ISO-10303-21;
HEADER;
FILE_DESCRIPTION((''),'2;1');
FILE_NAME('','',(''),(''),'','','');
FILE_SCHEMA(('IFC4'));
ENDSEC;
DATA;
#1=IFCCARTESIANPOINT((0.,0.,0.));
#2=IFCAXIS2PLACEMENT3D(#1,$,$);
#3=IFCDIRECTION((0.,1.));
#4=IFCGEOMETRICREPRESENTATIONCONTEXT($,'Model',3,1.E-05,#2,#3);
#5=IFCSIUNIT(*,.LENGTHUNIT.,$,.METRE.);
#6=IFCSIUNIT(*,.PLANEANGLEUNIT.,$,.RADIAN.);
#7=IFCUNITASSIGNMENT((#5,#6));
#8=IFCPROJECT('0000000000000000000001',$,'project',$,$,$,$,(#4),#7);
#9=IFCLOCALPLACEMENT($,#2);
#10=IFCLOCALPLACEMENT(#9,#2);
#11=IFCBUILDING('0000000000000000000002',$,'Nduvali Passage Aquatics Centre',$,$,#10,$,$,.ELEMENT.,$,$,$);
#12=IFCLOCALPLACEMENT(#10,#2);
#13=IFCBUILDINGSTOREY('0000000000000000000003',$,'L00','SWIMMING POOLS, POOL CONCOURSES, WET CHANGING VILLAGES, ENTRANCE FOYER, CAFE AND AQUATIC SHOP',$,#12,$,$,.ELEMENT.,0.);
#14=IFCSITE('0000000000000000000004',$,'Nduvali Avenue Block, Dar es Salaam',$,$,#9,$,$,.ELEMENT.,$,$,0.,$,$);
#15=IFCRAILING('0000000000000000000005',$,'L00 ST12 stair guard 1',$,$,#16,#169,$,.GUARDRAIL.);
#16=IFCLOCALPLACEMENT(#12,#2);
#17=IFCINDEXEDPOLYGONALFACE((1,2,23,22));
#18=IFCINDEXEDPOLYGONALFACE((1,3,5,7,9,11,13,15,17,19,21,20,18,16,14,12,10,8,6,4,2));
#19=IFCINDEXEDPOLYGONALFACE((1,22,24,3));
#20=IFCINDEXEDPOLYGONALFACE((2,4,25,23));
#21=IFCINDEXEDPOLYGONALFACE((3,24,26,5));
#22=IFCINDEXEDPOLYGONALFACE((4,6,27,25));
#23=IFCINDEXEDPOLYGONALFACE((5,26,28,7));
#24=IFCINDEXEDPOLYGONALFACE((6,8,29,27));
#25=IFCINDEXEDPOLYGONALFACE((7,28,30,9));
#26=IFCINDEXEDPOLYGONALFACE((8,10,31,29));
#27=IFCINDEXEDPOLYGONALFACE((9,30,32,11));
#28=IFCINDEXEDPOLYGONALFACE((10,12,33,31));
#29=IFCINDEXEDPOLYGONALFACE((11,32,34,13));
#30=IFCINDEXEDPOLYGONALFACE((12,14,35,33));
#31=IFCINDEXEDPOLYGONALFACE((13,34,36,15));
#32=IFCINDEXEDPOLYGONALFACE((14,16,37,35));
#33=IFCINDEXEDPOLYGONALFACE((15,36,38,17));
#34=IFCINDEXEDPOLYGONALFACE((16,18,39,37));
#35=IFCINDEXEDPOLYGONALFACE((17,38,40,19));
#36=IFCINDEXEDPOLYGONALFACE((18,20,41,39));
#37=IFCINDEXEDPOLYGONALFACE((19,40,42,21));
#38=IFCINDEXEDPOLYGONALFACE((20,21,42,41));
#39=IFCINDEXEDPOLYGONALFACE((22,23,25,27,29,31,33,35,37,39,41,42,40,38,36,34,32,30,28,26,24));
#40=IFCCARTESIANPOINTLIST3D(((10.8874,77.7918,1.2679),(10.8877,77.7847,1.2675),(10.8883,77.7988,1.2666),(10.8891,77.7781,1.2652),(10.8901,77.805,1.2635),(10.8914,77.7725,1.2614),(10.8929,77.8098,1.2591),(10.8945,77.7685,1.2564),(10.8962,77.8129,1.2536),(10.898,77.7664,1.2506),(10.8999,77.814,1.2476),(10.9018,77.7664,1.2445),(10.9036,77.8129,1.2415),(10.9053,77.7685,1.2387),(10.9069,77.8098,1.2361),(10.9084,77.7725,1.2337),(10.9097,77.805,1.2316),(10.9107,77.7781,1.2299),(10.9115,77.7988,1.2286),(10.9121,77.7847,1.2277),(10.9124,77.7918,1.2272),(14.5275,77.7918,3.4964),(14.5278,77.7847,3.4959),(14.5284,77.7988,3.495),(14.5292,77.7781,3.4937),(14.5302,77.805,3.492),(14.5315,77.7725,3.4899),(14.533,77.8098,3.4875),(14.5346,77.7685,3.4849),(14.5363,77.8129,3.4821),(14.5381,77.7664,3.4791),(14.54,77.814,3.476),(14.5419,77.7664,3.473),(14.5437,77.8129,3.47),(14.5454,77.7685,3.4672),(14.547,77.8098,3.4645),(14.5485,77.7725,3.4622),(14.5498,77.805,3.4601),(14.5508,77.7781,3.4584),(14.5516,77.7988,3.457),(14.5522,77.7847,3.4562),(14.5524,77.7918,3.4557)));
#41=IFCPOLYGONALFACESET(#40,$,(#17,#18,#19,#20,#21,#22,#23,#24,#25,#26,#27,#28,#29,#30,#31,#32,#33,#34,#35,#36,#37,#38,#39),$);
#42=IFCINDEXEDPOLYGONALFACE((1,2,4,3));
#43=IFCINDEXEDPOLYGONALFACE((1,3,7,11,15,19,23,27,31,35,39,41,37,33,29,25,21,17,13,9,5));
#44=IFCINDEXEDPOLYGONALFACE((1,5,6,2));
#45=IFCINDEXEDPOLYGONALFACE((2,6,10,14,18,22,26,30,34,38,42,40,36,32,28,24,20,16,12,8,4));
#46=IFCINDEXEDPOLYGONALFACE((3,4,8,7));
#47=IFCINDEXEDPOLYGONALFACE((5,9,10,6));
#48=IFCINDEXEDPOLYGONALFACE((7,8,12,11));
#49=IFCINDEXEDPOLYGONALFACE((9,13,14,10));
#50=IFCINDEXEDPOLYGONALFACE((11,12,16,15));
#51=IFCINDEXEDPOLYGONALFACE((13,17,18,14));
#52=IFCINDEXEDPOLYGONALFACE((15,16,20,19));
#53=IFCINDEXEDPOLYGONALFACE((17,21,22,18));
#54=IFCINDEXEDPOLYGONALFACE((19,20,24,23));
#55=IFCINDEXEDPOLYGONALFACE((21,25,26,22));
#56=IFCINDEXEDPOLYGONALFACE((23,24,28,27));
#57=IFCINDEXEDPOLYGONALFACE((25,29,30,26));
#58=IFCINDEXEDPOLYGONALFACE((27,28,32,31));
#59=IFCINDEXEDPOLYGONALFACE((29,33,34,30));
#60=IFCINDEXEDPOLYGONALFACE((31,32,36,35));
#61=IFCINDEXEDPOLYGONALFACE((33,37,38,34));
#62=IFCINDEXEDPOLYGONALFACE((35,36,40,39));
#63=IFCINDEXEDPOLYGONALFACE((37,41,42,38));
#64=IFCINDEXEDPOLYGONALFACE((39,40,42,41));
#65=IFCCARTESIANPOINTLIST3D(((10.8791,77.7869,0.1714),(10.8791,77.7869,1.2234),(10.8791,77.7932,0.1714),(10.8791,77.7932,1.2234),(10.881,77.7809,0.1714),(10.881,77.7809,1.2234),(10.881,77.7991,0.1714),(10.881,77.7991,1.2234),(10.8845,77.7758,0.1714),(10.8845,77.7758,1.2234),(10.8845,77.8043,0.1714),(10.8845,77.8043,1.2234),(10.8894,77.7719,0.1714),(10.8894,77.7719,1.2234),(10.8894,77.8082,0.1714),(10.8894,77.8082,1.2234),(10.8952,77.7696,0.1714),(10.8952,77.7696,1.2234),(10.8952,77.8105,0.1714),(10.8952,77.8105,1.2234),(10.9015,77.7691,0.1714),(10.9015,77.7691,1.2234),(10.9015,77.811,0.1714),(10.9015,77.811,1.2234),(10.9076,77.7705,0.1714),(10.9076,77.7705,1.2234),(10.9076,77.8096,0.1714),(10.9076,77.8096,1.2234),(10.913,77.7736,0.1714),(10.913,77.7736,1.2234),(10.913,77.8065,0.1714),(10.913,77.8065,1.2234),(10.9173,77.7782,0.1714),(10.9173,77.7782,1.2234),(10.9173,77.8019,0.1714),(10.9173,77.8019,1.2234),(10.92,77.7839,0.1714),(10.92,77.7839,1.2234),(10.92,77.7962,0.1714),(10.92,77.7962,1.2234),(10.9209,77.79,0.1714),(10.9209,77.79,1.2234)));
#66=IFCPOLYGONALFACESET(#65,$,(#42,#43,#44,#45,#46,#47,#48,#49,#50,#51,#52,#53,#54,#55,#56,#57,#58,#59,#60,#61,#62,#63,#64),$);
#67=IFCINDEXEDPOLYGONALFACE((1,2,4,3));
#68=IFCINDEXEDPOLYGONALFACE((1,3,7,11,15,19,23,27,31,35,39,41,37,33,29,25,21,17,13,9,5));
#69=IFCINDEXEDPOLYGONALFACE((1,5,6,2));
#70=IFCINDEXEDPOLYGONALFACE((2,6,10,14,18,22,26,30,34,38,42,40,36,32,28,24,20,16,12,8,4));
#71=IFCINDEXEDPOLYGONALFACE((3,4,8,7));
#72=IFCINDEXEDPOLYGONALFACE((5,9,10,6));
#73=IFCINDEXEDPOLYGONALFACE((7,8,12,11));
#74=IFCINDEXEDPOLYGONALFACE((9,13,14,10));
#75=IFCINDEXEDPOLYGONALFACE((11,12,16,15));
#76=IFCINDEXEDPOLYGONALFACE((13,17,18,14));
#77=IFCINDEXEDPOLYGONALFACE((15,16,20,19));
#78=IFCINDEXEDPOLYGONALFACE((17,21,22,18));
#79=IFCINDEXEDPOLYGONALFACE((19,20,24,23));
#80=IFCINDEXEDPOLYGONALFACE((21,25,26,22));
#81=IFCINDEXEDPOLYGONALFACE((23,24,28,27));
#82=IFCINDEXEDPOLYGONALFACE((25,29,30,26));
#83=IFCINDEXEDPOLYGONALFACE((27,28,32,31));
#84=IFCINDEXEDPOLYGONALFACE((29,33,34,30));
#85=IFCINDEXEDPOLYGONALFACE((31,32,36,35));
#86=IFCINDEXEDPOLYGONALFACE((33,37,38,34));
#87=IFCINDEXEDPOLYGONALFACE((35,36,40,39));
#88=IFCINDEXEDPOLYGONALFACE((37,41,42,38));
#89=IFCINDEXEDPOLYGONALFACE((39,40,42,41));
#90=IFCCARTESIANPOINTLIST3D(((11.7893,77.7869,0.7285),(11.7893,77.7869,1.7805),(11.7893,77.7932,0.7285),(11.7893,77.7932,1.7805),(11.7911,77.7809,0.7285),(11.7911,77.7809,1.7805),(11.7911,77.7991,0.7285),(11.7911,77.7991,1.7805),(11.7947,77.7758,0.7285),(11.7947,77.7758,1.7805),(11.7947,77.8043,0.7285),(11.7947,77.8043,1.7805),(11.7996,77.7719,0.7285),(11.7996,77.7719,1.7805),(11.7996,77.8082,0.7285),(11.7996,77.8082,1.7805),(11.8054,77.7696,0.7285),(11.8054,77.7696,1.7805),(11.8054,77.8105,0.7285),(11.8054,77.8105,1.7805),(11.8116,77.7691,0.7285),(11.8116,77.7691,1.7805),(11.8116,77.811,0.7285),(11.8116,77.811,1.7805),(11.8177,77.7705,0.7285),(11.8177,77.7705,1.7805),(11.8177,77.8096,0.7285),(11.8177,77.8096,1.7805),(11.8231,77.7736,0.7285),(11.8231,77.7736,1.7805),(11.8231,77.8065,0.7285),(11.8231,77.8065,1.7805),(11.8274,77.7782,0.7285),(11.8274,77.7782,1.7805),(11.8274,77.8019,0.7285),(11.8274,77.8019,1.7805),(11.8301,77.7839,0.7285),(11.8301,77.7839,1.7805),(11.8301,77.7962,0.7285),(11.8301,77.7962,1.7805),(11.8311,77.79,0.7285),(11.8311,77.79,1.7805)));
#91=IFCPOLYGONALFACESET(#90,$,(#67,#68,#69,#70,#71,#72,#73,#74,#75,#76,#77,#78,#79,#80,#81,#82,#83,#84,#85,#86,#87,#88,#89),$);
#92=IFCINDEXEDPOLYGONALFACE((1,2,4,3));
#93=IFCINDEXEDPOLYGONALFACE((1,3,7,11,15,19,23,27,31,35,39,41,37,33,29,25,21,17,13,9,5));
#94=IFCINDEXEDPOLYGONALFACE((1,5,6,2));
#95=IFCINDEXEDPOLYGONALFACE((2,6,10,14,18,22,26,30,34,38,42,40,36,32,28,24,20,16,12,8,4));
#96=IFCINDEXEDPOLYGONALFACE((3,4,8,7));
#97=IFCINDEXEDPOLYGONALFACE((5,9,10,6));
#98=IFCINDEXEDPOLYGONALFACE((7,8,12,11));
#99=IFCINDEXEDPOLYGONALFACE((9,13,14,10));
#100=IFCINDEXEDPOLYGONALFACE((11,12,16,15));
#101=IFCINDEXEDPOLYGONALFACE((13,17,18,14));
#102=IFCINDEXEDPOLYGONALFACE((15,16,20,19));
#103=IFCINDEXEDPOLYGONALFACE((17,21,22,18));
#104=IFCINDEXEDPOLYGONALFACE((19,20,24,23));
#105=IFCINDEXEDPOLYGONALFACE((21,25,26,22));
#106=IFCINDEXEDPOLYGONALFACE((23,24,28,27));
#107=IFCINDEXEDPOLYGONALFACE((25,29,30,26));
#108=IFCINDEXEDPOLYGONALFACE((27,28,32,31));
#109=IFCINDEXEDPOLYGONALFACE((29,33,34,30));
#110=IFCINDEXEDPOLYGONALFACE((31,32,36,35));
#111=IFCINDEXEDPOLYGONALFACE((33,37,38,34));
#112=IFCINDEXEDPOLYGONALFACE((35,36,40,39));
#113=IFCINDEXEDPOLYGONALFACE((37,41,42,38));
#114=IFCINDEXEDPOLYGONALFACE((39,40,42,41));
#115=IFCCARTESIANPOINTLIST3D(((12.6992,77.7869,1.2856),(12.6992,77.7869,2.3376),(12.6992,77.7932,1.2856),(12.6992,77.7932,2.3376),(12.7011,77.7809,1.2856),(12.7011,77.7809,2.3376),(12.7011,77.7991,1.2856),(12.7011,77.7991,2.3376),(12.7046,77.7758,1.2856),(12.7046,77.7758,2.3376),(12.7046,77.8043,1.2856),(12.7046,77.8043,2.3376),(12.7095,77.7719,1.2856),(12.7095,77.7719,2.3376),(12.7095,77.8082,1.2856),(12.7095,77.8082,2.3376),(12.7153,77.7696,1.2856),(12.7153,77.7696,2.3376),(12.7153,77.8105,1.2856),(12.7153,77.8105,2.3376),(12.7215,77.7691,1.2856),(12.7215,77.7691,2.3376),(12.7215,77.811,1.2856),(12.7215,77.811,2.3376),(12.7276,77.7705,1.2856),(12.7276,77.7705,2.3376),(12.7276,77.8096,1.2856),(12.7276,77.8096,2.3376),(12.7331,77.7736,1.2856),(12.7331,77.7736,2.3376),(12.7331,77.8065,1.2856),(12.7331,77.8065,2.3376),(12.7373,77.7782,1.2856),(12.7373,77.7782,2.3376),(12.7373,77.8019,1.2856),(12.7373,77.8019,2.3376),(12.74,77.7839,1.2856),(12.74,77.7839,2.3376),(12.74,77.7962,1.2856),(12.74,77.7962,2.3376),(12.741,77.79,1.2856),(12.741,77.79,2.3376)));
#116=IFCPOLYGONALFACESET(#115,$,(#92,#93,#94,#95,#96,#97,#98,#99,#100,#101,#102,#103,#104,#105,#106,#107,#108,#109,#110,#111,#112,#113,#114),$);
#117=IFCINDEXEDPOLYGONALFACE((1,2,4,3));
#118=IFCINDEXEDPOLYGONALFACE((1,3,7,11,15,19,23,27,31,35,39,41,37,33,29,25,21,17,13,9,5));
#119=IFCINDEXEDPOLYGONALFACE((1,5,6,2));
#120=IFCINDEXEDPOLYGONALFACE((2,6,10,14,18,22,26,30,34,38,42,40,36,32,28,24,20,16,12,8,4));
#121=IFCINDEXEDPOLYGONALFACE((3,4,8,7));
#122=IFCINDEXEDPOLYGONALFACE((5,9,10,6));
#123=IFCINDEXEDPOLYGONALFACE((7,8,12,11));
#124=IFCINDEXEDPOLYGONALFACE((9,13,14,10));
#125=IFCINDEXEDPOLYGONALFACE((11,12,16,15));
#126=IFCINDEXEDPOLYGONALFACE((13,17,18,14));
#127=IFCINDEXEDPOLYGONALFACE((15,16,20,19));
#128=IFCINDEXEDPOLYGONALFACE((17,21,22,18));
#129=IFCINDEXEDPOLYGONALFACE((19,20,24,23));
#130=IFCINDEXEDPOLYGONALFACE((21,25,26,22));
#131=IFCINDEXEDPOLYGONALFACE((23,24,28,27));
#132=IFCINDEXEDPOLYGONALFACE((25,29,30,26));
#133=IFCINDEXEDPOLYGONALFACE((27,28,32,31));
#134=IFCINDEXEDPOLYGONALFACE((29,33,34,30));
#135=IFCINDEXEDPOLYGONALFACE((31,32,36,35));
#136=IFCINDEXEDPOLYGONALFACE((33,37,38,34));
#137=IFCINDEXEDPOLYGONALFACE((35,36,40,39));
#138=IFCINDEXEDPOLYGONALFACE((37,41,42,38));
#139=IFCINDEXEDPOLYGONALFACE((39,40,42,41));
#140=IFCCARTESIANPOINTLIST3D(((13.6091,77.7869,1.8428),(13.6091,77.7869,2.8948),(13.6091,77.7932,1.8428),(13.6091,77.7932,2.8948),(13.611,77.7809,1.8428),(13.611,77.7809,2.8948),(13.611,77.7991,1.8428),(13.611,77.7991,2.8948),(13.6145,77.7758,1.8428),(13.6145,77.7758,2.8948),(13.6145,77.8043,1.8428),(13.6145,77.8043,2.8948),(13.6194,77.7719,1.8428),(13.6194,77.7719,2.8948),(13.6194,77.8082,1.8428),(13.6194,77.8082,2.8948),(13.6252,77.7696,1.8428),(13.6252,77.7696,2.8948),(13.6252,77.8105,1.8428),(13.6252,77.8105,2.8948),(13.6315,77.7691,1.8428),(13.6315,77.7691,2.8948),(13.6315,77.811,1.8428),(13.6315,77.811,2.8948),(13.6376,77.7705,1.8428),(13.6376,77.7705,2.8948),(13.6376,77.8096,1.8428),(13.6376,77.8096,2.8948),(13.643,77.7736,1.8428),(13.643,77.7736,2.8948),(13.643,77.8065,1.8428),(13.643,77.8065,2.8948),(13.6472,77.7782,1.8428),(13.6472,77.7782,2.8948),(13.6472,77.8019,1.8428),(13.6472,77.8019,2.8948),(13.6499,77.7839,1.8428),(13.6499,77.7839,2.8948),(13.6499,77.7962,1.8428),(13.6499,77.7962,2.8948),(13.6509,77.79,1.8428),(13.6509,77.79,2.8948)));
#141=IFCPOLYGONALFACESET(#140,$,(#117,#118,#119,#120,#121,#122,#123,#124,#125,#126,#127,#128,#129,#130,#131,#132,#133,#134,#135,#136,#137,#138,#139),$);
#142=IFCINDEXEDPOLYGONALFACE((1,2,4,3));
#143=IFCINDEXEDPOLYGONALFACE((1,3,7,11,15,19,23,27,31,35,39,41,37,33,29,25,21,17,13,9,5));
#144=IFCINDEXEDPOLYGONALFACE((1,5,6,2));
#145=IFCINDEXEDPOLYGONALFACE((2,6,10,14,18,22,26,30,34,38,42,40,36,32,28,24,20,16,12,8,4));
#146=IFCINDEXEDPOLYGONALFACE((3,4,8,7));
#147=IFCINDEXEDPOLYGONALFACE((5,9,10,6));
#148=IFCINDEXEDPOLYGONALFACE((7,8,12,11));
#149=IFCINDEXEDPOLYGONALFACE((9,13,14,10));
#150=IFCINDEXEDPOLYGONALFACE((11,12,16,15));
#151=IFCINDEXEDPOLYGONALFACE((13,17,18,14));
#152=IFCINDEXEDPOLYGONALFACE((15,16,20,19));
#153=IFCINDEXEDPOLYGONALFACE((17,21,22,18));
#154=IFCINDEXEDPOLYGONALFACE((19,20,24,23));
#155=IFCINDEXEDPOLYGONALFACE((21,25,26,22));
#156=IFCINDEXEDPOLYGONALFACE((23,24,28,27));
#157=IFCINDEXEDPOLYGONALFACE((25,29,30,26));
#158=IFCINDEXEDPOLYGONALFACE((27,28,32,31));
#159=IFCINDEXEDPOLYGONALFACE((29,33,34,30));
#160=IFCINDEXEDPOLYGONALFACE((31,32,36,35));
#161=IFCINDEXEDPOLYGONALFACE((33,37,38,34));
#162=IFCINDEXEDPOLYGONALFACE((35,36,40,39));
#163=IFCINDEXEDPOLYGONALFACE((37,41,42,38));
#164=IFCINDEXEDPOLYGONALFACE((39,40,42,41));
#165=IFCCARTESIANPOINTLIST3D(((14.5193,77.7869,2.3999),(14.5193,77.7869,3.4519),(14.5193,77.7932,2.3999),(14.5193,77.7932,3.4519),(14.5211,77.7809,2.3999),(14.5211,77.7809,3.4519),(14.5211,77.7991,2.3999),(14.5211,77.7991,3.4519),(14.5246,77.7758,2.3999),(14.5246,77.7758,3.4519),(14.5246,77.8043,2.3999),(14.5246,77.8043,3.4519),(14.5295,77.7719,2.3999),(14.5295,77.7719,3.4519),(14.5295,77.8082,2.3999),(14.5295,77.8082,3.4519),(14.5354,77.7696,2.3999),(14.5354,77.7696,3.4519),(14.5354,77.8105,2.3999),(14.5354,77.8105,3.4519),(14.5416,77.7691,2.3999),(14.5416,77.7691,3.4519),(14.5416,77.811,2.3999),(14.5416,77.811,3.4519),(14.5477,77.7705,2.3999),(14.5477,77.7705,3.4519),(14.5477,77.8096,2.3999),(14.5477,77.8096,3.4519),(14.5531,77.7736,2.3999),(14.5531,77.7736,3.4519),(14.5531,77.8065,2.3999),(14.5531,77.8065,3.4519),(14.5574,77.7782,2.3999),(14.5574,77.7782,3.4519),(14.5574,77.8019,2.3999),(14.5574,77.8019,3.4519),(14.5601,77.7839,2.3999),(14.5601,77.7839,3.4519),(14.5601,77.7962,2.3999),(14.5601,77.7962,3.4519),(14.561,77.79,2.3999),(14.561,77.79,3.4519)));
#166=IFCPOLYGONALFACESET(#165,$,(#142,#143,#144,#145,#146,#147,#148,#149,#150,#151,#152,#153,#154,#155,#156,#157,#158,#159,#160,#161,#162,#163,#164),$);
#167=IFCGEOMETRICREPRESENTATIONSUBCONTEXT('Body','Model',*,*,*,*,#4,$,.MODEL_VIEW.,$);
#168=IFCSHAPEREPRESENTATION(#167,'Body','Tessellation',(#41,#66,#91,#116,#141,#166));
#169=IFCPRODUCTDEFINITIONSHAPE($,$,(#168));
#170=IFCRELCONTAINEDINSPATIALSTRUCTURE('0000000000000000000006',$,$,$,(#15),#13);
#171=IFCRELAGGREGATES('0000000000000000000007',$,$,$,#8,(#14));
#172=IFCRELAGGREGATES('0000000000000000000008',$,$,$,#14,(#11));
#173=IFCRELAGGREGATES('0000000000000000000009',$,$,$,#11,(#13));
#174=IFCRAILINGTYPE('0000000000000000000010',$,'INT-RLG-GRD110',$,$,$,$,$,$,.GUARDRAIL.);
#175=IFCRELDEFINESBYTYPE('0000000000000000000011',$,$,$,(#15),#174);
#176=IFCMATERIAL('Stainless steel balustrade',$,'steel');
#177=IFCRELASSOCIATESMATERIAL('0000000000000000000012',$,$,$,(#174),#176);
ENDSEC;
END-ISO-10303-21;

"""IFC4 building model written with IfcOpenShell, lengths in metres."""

from ifc_helpers import new_model, si_unit, direction, frame, origin, origin_2d, place, context, subcontext, project, spatial, circle, extrude, material, type_object, element, save


model = new_model("IFC4")

# Units and contexts
model_context = context("Model", 3, precision=1e-05, world=origin(), true_north=direction((0.0, 1.0)))
body_context = subcontext(model_context, "Body", "Model", "MODEL_VIEW")
ifc_project = project(units=[si_unit("LENGTHUNIT", "METRE"), si_unit("PLANEANGLEUNIT", "RADIAN")], contexts=[model_context])

# Site, building, storey
site_placement = place(None, origin())
site = spatial("IfcSite", under=ifc_project, at=site_placement, Name="Nduvali Avenue Block, Dar es Salaam", CompositionType="ELEMENT", RefElevation=0.0)
building_placement = place(site_placement, origin())
building = spatial("IfcBuilding", under=site, at=building_placement, Name="Nduvali Passage Aquatics Centre", CompositionType="ELEMENT")
storey_placement = place(building_placement, origin())
storey = spatial("IfcBuildingStorey", under=building, at=storey_placement, Name="L00", Description="SWIMMING POOLS, POOL CONCOURSES, WET CHANGING VILLAGES, ENTRANCE FOYER, CAFE AND AQUATIC SHOP", CompositionType="ELEMENT", Elevation=0.0)

# Railing
ifc_material_1 = material(Name="Stainless steel balustrade", Category="steel")
railing_type_1 = type_object("IfcRailingType", Name="INT-RLG-GRD110", PredefinedType="GUARDRAIL", material=ifc_material_1)
railing_1_placement = place(storey_placement, frame((10.8999, 77.79, 0.1714)))
element("IfcRailing", 1, at=railing_1_placement, inside=storey, type_object=railing_type_1, Name="L00 ST12 stair guard 1", PredefinedType="GUARDRAIL", context=body_context, shape_type="SweptSolid", body=[
    extrude(circle(Radius=0.0239, at=origin_2d()), frame((0.0, 0.0, 1.0762), z_axis=(0.852866, 0.0, 0.52213), x_axis=(0.0, 1.0, 0.0)), (0.0, 0.0, 1.0), 4.2681),
    extrude(circle(Radius=0.021, at=origin_2d()), origin(), (0.0, 0.0, 1.0), 1.052),
    extrude(circle(Radius=0.021, at=origin_2d()), frame((0.9102, 0.0, 0.5571)), (0.0, 0.0, 1.0), 1.052),
    extrude(circle(Radius=0.021, at=origin_2d()), frame((1.8201, 0.0, 1.1143)), (0.0, 0.0, 1.0), 1.052),
    extrude(circle(Radius=0.021, at=origin_2d()), frame((2.73, 0.0, 1.6714)), (0.0, 0.0, 1.0), 1.052),
    extrude(circle(Radius=0.021, at=origin_2d()), frame((3.6401, 0.0, 2.2285)), (0.0, 0.0, 1.0), 1.052),
])

save(model, "model.ifc")
